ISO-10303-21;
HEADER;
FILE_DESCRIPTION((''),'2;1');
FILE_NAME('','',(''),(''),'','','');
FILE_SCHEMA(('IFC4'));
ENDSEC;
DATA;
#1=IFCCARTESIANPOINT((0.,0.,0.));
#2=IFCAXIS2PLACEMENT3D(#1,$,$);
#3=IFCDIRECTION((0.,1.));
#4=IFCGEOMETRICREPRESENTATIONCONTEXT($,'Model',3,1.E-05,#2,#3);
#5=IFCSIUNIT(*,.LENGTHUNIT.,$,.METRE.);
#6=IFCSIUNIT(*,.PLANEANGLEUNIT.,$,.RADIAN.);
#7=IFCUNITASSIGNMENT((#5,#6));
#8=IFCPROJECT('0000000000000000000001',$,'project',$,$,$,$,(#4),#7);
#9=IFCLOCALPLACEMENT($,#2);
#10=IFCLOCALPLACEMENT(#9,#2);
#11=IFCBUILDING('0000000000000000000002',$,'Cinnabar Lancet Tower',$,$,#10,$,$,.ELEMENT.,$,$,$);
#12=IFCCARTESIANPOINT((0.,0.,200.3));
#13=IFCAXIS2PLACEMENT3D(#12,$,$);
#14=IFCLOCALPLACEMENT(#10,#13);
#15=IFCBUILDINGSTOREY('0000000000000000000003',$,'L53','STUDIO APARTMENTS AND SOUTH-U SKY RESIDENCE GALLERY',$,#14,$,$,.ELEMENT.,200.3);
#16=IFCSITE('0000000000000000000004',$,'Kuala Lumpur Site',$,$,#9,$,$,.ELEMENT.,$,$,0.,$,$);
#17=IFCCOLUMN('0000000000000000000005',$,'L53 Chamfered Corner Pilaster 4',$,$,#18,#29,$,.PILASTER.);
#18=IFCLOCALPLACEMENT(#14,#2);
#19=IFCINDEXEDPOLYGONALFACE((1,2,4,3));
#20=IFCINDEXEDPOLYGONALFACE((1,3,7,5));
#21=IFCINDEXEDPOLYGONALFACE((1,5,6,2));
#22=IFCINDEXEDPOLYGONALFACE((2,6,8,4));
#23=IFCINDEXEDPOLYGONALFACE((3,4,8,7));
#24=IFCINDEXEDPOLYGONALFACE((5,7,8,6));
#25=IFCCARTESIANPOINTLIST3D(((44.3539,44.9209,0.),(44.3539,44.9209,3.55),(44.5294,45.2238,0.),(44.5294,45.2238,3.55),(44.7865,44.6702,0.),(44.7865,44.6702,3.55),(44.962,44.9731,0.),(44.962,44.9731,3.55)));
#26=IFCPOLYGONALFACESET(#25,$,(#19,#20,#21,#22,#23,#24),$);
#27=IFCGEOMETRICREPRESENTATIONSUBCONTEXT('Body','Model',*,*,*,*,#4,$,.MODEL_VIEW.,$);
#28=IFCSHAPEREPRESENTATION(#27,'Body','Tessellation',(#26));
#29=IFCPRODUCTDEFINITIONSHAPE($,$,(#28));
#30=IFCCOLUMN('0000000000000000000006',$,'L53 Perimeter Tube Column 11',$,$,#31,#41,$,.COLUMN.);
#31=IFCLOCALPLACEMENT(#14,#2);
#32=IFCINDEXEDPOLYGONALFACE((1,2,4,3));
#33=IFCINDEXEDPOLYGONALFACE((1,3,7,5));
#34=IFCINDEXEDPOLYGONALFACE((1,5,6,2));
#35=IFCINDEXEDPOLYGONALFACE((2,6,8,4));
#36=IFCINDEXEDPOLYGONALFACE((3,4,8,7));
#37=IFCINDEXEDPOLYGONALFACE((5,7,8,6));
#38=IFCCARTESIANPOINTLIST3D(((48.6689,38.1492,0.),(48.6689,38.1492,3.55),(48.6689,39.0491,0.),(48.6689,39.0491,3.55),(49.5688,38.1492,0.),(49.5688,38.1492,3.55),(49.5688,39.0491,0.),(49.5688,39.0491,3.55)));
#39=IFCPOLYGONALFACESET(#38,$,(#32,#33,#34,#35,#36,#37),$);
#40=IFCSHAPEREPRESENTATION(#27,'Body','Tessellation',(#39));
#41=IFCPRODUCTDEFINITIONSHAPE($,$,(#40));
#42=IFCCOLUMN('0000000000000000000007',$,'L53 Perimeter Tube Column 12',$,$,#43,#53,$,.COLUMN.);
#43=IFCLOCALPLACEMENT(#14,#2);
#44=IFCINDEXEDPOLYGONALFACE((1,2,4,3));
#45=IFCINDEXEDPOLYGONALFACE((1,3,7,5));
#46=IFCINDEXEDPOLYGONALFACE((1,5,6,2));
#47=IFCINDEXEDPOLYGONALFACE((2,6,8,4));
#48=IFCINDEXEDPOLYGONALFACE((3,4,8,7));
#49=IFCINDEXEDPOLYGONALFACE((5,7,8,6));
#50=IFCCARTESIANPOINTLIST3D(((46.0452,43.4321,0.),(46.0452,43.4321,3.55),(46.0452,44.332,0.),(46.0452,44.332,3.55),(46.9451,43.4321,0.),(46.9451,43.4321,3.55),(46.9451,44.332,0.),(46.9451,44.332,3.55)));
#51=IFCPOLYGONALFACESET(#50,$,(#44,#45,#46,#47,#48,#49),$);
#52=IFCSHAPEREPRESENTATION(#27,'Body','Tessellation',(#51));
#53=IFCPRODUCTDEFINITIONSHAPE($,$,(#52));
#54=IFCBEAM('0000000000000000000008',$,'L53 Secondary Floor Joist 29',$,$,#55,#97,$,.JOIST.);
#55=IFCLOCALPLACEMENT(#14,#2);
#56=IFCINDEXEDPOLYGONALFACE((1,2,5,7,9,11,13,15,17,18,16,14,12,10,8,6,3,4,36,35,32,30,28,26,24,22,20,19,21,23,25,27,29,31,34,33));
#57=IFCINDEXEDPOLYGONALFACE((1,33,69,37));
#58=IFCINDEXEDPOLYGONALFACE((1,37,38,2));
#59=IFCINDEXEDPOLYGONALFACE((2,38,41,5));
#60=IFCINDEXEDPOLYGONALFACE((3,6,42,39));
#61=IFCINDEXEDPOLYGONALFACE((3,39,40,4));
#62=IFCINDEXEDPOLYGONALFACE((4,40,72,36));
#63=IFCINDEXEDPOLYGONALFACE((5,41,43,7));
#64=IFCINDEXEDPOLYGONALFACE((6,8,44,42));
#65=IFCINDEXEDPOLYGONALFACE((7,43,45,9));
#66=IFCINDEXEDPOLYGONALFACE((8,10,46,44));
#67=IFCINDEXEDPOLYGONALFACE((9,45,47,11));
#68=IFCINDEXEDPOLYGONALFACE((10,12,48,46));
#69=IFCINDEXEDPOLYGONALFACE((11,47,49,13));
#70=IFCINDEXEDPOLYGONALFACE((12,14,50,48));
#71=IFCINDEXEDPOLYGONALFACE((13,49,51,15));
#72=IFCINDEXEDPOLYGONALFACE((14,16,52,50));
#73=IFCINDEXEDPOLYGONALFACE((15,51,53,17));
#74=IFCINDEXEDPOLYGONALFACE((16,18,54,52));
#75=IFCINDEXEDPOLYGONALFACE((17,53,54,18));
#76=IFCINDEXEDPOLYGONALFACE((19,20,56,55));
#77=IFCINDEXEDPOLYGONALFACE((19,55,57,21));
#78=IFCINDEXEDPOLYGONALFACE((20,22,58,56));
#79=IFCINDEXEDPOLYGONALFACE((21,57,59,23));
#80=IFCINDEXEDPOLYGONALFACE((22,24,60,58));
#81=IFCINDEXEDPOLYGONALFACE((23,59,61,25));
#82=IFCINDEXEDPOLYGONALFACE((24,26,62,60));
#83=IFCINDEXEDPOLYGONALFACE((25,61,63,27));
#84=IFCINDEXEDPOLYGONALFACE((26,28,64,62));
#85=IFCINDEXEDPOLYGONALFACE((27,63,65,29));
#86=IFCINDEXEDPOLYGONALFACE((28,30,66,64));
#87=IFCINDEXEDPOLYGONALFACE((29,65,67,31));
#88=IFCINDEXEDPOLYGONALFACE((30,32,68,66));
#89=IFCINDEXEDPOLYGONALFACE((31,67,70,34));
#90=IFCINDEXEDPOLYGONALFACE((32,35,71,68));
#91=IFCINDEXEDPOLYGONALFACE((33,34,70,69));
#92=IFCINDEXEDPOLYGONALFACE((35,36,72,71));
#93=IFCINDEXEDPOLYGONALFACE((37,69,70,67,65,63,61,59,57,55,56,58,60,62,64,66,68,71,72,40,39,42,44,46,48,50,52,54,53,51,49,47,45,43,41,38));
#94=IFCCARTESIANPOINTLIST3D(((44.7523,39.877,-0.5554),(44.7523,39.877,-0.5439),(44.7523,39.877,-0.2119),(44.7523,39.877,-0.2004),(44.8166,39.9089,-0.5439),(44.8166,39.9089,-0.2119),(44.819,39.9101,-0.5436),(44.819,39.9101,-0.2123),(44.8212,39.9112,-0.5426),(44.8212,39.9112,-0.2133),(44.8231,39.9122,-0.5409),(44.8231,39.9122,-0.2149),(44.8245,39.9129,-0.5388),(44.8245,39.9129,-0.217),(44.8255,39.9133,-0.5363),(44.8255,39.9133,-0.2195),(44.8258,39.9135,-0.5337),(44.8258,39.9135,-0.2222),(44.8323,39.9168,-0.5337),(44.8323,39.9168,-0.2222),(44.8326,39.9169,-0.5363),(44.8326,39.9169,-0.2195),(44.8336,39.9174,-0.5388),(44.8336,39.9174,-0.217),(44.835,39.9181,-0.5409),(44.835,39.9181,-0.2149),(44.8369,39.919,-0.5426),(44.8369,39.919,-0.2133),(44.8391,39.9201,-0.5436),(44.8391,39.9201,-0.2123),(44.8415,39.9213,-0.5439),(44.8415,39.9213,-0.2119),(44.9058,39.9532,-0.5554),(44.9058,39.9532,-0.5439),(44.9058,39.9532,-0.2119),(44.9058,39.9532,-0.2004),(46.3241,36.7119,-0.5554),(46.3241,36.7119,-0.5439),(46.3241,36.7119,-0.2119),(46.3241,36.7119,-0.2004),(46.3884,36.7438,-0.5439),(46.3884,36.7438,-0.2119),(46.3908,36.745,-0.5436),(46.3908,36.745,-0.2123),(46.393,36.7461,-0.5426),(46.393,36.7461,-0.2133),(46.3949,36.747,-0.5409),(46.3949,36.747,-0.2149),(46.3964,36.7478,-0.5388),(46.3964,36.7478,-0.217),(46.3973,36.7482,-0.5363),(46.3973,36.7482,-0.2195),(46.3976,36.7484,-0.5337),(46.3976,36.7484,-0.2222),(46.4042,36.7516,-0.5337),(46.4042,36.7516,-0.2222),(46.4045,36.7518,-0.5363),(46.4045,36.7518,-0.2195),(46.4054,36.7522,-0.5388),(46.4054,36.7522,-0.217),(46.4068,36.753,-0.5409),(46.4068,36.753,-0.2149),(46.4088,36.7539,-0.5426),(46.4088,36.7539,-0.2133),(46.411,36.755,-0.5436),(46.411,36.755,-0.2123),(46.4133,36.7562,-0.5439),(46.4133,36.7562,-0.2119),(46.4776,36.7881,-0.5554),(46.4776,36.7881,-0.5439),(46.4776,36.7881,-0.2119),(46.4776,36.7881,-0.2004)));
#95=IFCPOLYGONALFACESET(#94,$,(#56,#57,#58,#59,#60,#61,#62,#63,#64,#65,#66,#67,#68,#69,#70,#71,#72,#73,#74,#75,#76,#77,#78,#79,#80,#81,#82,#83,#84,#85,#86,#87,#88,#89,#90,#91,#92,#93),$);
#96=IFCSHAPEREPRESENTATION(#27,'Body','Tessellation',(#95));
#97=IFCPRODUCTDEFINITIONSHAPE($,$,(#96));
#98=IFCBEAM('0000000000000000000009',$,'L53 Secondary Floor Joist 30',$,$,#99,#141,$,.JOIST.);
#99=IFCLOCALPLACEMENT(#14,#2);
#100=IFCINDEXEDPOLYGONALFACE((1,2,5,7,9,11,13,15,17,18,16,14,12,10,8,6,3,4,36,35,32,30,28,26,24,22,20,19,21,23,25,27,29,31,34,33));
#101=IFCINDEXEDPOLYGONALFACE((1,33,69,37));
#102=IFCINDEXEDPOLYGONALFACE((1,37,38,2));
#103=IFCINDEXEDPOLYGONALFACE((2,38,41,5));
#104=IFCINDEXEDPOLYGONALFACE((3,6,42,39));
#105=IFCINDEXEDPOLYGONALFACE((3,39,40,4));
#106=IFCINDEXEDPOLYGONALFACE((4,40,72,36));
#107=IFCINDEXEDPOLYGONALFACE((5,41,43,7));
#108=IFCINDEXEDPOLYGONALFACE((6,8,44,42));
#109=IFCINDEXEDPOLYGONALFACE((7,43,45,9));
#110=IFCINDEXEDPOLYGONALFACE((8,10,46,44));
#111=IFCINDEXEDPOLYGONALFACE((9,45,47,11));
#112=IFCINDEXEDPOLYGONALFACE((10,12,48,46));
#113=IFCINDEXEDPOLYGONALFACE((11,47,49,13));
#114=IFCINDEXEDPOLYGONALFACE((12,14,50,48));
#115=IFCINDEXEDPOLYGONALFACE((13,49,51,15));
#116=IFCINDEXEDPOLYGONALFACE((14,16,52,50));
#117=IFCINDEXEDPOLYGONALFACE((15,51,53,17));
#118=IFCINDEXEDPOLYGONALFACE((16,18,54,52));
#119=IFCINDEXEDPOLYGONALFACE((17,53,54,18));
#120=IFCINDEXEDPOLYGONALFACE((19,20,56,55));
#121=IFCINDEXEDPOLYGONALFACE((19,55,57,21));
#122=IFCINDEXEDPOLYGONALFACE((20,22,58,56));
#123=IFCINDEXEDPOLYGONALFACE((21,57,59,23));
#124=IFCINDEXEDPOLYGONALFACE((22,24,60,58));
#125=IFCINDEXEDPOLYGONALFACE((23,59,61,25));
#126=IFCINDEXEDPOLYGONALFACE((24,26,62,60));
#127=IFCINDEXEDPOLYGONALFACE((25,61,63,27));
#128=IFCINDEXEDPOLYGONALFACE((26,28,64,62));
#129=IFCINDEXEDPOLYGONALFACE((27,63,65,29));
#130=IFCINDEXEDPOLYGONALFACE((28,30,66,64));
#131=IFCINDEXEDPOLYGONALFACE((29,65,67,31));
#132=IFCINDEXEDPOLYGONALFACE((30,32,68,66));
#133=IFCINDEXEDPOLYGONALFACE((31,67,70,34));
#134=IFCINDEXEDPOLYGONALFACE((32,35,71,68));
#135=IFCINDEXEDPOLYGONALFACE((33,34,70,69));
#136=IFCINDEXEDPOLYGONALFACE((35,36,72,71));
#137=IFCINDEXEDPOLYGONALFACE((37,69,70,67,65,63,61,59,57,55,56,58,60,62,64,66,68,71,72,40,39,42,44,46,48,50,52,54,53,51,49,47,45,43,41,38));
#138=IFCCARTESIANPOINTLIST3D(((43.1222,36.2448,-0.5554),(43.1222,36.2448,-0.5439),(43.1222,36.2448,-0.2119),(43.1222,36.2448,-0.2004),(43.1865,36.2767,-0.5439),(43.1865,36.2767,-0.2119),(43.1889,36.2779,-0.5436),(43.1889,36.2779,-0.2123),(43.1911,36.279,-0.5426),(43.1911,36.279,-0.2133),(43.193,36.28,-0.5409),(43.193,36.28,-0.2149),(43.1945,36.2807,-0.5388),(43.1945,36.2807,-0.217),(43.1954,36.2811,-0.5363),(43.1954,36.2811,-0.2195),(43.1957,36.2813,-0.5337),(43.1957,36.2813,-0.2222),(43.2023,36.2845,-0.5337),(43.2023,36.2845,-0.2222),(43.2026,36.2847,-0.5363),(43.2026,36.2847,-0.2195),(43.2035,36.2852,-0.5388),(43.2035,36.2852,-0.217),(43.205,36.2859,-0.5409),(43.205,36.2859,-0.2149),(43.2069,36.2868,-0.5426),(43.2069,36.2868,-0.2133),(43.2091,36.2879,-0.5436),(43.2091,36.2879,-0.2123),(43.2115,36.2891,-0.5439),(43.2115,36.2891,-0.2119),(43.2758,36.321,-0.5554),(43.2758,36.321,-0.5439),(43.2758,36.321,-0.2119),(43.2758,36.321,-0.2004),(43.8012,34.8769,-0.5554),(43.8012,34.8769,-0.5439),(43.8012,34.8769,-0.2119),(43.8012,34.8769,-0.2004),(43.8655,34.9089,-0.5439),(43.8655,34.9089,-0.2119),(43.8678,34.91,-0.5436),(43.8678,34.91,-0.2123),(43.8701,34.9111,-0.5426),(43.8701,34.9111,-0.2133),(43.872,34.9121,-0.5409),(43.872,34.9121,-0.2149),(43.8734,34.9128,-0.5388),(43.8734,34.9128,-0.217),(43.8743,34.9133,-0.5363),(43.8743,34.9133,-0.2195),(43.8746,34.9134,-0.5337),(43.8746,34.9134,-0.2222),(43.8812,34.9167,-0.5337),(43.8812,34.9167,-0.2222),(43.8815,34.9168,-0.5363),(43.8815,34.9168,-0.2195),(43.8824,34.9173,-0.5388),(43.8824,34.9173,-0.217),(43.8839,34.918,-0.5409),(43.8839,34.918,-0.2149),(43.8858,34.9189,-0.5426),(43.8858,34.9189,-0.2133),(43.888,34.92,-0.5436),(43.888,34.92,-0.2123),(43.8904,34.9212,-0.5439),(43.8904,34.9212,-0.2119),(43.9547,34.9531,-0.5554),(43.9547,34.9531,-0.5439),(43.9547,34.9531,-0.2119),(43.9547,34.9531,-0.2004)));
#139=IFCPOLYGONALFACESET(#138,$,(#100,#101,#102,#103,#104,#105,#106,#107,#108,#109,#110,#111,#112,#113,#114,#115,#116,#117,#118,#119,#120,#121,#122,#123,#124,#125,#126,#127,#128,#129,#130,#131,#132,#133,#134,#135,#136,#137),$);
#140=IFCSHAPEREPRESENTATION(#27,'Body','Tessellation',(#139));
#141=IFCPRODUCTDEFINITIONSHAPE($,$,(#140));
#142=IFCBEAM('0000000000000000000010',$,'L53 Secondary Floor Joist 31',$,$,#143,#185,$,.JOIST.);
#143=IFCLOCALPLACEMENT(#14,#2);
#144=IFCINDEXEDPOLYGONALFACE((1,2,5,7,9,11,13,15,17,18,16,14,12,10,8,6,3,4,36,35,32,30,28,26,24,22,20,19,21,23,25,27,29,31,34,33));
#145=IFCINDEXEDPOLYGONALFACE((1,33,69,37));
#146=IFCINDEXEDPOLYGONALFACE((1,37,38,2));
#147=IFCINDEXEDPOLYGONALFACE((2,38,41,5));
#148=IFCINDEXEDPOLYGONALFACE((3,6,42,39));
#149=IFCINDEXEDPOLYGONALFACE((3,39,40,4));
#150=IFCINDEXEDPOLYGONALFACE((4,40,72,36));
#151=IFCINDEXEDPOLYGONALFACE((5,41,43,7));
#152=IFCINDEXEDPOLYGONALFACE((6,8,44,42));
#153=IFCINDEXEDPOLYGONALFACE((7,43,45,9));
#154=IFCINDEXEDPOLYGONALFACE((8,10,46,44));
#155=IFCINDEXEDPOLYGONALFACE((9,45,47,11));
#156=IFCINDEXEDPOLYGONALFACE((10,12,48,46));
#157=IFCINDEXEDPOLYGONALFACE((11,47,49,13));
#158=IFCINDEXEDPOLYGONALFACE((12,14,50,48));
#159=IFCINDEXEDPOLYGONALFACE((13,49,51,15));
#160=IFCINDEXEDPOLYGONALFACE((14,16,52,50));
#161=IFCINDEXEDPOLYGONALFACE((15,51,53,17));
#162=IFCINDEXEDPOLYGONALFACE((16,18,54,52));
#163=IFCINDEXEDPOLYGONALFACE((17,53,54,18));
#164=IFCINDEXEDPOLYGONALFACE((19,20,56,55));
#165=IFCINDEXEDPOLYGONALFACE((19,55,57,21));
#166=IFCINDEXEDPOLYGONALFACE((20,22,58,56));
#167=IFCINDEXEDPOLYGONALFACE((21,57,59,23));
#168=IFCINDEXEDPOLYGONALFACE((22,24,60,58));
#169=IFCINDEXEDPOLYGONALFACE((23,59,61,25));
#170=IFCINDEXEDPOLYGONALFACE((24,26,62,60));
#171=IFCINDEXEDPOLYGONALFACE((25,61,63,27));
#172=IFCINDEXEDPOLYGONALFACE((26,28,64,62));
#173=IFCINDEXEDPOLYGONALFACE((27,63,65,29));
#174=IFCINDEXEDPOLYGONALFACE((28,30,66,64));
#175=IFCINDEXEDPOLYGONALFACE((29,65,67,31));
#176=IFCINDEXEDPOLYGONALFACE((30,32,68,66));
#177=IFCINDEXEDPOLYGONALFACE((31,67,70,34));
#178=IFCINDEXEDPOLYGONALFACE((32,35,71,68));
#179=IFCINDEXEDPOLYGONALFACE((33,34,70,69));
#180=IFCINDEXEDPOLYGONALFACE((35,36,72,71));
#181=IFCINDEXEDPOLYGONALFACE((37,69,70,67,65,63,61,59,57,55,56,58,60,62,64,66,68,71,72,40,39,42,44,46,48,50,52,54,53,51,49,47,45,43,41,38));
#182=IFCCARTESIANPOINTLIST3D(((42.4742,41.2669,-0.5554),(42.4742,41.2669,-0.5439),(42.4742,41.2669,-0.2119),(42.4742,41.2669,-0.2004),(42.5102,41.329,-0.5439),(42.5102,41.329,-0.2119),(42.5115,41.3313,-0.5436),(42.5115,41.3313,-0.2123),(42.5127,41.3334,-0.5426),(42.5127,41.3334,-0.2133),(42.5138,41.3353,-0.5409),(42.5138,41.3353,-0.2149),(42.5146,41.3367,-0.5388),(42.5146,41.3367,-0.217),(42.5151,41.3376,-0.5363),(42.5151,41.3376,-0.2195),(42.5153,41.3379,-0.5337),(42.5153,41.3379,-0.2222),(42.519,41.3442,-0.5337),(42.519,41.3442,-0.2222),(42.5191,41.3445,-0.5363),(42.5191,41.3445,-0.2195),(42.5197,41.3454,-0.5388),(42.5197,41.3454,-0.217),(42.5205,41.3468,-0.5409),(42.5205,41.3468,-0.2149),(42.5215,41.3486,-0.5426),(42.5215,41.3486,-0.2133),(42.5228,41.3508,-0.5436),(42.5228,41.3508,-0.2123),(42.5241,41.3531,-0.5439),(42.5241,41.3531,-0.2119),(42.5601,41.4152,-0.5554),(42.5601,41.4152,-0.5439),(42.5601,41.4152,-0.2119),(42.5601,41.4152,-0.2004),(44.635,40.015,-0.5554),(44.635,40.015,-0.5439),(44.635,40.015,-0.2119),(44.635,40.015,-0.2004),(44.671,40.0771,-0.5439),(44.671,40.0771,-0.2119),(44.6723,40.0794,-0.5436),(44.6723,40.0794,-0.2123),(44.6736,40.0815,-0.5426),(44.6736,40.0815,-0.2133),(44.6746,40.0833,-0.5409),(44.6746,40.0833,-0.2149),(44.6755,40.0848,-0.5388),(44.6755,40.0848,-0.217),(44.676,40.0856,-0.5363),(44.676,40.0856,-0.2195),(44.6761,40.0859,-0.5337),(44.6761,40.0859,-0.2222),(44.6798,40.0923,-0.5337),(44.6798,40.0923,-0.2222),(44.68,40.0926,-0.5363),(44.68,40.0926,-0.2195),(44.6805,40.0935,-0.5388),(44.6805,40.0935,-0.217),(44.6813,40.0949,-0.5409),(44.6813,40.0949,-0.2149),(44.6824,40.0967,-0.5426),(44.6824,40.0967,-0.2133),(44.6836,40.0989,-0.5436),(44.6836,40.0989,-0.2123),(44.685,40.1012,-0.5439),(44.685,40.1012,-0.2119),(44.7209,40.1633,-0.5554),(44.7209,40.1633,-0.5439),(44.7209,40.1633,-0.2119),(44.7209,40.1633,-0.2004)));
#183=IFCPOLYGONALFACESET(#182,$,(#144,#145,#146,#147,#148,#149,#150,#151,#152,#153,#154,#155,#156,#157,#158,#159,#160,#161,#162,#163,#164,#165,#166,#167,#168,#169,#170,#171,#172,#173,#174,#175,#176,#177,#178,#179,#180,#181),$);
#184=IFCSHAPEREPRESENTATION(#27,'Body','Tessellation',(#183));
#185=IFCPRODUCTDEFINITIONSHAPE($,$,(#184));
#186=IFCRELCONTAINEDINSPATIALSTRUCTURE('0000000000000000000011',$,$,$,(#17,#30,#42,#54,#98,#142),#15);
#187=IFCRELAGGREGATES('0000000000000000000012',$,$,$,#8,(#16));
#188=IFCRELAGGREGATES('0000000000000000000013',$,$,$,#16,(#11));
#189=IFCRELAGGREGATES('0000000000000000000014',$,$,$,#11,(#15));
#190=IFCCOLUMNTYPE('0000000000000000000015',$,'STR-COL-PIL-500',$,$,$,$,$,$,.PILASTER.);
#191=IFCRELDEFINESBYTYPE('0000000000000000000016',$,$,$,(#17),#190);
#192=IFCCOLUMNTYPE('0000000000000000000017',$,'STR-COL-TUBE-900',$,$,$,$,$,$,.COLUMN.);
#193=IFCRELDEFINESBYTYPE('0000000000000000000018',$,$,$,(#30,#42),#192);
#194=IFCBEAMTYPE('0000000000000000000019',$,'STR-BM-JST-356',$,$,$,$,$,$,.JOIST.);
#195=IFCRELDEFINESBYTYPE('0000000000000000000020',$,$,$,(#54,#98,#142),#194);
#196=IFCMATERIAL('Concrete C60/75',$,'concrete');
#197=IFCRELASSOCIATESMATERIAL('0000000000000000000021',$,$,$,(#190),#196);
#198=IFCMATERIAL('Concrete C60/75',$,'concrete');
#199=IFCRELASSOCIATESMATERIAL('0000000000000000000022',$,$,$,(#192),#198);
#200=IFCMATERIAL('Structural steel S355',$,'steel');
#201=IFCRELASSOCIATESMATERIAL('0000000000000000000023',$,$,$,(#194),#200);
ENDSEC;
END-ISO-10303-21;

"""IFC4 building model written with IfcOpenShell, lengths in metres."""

from ifc_helpers import new_model, si_unit, direction, frame, origin, origin_2d, place, context, subcontext, project, spatial, rectangle, i_section, extrude, material, material_profile, profile_set, type_object, element, save


model = new_model("IFC4")

# Units and contexts
model_context = context("Model", 3, precision=1e-05, world=origin(), true_north=direction((0.0, 1.0)))
body_context = subcontext(model_context, "Body", "Model", "MODEL_VIEW")
ifc_project = project(units=[si_unit("LENGTHUNIT", "METRE"), si_unit("PLANEANGLEUNIT", "RADIAN")], contexts=[model_context])

# Site, building, storey
site_placement = place(None, origin())
site = spatial("IfcSite", under=ifc_project, at=site_placement, Name="Kuala Lumpur Site", CompositionType="ELEMENT", RefElevation=0.0)
building_placement = place(site_placement, origin())
building = spatial("IfcBuilding", under=site, at=building_placement, Name="Cinnabar Lancet Tower", CompositionType="ELEMENT")
storey_placement = place(building_placement, frame((0.0, 0.0, 200.3)))
storey = spatial("IfcBuildingStorey", under=building, at=storey_placement, Name="L53", Description="STUDIO APARTMENTS AND SOUTH-U SKY RESIDENCE GALLERY", CompositionType="ELEMENT", Elevation=200.3)

# Columns
ifc_material_1 = material(Name="Concrete C60/75", Category="concrete")
ifc_material_profile_1 = material_profile(ifc_material_1, rectangle(XDim=0.5, YDim=0.3501, at=origin_2d()), Name="RC-PIL 500x350")
ifc_profile_set_1 = profile_set([ifc_material_profile_1], Name="Concrete C60/75")
column_type_1 = type_object("IfcColumnType", Name="STR-COL-PIL-500", PredefinedType="PILASTER", material=ifc_profile_set_1)
column_placement = place(storey_placement, frame((44.658, 44.947, 0.0), z_axis=(0.0, 0.0, 1.0), x_axis=(-0.86523, 0.501375, 0.0)))
element("IfcColumn", 1, at=column_placement, inside=storey, type_object=column_type_1, Name="L53 Chamfered Corner Pilaster 4", PredefinedType="PILASTER", context=body_context, shape_type="SweptSolid", body=[
    extrude(rectangle(XDim=0.5, YDim=0.3501, at=origin_2d()), origin(), (0.0, 0.0, 1.0), 3.55),
])
ifc_material_2 = material(Name="Concrete C60/75", Category="concrete")
ifc_material_profile_2 = material_profile(ifc_material_2, rectangle(XDim=0.8999, YDim=0.8999, at=origin_2d()), Name="RC-COL 900x900")
ifc_profile_set_2 = profile_set([ifc_material_profile_2], Name="Concrete C60/75")
column_type_2 = type_object("IfcColumnType", Name="STR-COL-TUBE-900", PredefinedType="COLUMN", material=ifc_profile_set_2)
for number, where, z_axis, x_axis, name in (
    (2, (49.1189, 38.5991, 0.0), (0.0, 0.0, 1.0), (1.0, 0.0, 0.0), "L53 Perimeter Tube Column 11"),
    (3, (46.4951, 43.8821, 0.0), (0.0, 0.0, 1.0), (1.0, 0.0, 0.0), "L53 Perimeter Tube Column 12"),
):
    element("IfcColumn", number, at=place(storey_placement, frame(where, z_axis=z_axis, x_axis=x_axis)), inside=storey, type_object=column_type_2, Name=name, PredefinedType="COLUMN", context=body_context, shape_type="SweptSolid", body=[
        extrude(rectangle(XDim=0.8999, YDim=0.8999, at=origin_2d()), origin(), (0.0, 0.0, 1.0), 3.55),
    ])

# Beams
ifc_material_3 = material(Name="Structural steel S355", Category="steel")
ifc_material_profile_3 = material_profile(ifc_material_3, i_section(OverallWidth=0.1714, OverallDepth=0.355, WebThickness=0.0073, FlangeThickness=0.0115, FilletRadius=0.0103, at=origin_2d()), Name="UKB 356x171x51")
ifc_profile_set_3 = profile_set([ifc_material_profile_3], Name="Structural steel S355")
beam_type_1 = type_object("IfcBeamType", Name="STR-BM-JST-356", PredefinedType="JOIST", material=ifc_profile_set_3)
beam_1_placement = place(storey_placement, frame((46.4009, 36.75, -0.3779), z_axis=(-0.44478, 0.89564, 0.0), x_axis=(-0.89564, -0.44478, 0.0)))
element("IfcBeam", 4, at=beam_1_placement, inside=storey, type_object=beam_type_1, Name="L53 Secondary Floor Joist 29", PredefinedType="JOIST", context=body_context, shape_type="SweptSolid", body=[
    extrude(i_section(OverallWidth=0.1714, OverallDepth=0.355, WebThickness=0.0073, FlangeThickness=0.0115, FilletRadius=0.0103, at=origin_2d()), origin(), (0.0, 0.0, 1.0), 3.5339),
])
beam_2_placement = place(storey_placement, frame((43.8779, 34.915, -0.3779), z_axis=(-0.44459, 0.895734, 0.0), x_axis=(-0.895734, -0.44459, 0.0)))
element("IfcBeam", 5, at=beam_2_placement, inside=storey, type_object=beam_type_1, Name="L53 Secondary Floor Joist 30", PredefinedType="JOIST", context=body_context, shape_type="SweptSolid", body=[
    extrude(i_section(OverallWidth=0.1714, OverallDepth=0.355, WebThickness=0.0073, FlangeThickness=0.0115, FilletRadius=0.0103, at=origin_2d()), origin(), (0.0, 0.0, 1.0), 1.5271),
])
beam_3_placement = place(storey_placement, frame((44.678, 40.0891, -0.3779), z_axis=(-0.865268, 0.50131, 0.0), x_axis=(-0.50131, -0.865268, 0.0)))
element("IfcBeam", 6, at=beam_3_placement, inside=storey, type_object=beam_type_1, Name="L53 Secondary Floor Joist 31", PredefinedType="JOIST", context=body_context, shape_type="SweptSolid", body=[
    extrude(i_section(OverallWidth=0.1714, OverallDepth=0.355, WebThickness=0.0073, FlangeThickness=0.0115, FilletRadius=0.0103, at=origin_2d()), origin(), (0.0, 0.0, 1.0), 2.4973),
])

save(model, "model.ifc")
